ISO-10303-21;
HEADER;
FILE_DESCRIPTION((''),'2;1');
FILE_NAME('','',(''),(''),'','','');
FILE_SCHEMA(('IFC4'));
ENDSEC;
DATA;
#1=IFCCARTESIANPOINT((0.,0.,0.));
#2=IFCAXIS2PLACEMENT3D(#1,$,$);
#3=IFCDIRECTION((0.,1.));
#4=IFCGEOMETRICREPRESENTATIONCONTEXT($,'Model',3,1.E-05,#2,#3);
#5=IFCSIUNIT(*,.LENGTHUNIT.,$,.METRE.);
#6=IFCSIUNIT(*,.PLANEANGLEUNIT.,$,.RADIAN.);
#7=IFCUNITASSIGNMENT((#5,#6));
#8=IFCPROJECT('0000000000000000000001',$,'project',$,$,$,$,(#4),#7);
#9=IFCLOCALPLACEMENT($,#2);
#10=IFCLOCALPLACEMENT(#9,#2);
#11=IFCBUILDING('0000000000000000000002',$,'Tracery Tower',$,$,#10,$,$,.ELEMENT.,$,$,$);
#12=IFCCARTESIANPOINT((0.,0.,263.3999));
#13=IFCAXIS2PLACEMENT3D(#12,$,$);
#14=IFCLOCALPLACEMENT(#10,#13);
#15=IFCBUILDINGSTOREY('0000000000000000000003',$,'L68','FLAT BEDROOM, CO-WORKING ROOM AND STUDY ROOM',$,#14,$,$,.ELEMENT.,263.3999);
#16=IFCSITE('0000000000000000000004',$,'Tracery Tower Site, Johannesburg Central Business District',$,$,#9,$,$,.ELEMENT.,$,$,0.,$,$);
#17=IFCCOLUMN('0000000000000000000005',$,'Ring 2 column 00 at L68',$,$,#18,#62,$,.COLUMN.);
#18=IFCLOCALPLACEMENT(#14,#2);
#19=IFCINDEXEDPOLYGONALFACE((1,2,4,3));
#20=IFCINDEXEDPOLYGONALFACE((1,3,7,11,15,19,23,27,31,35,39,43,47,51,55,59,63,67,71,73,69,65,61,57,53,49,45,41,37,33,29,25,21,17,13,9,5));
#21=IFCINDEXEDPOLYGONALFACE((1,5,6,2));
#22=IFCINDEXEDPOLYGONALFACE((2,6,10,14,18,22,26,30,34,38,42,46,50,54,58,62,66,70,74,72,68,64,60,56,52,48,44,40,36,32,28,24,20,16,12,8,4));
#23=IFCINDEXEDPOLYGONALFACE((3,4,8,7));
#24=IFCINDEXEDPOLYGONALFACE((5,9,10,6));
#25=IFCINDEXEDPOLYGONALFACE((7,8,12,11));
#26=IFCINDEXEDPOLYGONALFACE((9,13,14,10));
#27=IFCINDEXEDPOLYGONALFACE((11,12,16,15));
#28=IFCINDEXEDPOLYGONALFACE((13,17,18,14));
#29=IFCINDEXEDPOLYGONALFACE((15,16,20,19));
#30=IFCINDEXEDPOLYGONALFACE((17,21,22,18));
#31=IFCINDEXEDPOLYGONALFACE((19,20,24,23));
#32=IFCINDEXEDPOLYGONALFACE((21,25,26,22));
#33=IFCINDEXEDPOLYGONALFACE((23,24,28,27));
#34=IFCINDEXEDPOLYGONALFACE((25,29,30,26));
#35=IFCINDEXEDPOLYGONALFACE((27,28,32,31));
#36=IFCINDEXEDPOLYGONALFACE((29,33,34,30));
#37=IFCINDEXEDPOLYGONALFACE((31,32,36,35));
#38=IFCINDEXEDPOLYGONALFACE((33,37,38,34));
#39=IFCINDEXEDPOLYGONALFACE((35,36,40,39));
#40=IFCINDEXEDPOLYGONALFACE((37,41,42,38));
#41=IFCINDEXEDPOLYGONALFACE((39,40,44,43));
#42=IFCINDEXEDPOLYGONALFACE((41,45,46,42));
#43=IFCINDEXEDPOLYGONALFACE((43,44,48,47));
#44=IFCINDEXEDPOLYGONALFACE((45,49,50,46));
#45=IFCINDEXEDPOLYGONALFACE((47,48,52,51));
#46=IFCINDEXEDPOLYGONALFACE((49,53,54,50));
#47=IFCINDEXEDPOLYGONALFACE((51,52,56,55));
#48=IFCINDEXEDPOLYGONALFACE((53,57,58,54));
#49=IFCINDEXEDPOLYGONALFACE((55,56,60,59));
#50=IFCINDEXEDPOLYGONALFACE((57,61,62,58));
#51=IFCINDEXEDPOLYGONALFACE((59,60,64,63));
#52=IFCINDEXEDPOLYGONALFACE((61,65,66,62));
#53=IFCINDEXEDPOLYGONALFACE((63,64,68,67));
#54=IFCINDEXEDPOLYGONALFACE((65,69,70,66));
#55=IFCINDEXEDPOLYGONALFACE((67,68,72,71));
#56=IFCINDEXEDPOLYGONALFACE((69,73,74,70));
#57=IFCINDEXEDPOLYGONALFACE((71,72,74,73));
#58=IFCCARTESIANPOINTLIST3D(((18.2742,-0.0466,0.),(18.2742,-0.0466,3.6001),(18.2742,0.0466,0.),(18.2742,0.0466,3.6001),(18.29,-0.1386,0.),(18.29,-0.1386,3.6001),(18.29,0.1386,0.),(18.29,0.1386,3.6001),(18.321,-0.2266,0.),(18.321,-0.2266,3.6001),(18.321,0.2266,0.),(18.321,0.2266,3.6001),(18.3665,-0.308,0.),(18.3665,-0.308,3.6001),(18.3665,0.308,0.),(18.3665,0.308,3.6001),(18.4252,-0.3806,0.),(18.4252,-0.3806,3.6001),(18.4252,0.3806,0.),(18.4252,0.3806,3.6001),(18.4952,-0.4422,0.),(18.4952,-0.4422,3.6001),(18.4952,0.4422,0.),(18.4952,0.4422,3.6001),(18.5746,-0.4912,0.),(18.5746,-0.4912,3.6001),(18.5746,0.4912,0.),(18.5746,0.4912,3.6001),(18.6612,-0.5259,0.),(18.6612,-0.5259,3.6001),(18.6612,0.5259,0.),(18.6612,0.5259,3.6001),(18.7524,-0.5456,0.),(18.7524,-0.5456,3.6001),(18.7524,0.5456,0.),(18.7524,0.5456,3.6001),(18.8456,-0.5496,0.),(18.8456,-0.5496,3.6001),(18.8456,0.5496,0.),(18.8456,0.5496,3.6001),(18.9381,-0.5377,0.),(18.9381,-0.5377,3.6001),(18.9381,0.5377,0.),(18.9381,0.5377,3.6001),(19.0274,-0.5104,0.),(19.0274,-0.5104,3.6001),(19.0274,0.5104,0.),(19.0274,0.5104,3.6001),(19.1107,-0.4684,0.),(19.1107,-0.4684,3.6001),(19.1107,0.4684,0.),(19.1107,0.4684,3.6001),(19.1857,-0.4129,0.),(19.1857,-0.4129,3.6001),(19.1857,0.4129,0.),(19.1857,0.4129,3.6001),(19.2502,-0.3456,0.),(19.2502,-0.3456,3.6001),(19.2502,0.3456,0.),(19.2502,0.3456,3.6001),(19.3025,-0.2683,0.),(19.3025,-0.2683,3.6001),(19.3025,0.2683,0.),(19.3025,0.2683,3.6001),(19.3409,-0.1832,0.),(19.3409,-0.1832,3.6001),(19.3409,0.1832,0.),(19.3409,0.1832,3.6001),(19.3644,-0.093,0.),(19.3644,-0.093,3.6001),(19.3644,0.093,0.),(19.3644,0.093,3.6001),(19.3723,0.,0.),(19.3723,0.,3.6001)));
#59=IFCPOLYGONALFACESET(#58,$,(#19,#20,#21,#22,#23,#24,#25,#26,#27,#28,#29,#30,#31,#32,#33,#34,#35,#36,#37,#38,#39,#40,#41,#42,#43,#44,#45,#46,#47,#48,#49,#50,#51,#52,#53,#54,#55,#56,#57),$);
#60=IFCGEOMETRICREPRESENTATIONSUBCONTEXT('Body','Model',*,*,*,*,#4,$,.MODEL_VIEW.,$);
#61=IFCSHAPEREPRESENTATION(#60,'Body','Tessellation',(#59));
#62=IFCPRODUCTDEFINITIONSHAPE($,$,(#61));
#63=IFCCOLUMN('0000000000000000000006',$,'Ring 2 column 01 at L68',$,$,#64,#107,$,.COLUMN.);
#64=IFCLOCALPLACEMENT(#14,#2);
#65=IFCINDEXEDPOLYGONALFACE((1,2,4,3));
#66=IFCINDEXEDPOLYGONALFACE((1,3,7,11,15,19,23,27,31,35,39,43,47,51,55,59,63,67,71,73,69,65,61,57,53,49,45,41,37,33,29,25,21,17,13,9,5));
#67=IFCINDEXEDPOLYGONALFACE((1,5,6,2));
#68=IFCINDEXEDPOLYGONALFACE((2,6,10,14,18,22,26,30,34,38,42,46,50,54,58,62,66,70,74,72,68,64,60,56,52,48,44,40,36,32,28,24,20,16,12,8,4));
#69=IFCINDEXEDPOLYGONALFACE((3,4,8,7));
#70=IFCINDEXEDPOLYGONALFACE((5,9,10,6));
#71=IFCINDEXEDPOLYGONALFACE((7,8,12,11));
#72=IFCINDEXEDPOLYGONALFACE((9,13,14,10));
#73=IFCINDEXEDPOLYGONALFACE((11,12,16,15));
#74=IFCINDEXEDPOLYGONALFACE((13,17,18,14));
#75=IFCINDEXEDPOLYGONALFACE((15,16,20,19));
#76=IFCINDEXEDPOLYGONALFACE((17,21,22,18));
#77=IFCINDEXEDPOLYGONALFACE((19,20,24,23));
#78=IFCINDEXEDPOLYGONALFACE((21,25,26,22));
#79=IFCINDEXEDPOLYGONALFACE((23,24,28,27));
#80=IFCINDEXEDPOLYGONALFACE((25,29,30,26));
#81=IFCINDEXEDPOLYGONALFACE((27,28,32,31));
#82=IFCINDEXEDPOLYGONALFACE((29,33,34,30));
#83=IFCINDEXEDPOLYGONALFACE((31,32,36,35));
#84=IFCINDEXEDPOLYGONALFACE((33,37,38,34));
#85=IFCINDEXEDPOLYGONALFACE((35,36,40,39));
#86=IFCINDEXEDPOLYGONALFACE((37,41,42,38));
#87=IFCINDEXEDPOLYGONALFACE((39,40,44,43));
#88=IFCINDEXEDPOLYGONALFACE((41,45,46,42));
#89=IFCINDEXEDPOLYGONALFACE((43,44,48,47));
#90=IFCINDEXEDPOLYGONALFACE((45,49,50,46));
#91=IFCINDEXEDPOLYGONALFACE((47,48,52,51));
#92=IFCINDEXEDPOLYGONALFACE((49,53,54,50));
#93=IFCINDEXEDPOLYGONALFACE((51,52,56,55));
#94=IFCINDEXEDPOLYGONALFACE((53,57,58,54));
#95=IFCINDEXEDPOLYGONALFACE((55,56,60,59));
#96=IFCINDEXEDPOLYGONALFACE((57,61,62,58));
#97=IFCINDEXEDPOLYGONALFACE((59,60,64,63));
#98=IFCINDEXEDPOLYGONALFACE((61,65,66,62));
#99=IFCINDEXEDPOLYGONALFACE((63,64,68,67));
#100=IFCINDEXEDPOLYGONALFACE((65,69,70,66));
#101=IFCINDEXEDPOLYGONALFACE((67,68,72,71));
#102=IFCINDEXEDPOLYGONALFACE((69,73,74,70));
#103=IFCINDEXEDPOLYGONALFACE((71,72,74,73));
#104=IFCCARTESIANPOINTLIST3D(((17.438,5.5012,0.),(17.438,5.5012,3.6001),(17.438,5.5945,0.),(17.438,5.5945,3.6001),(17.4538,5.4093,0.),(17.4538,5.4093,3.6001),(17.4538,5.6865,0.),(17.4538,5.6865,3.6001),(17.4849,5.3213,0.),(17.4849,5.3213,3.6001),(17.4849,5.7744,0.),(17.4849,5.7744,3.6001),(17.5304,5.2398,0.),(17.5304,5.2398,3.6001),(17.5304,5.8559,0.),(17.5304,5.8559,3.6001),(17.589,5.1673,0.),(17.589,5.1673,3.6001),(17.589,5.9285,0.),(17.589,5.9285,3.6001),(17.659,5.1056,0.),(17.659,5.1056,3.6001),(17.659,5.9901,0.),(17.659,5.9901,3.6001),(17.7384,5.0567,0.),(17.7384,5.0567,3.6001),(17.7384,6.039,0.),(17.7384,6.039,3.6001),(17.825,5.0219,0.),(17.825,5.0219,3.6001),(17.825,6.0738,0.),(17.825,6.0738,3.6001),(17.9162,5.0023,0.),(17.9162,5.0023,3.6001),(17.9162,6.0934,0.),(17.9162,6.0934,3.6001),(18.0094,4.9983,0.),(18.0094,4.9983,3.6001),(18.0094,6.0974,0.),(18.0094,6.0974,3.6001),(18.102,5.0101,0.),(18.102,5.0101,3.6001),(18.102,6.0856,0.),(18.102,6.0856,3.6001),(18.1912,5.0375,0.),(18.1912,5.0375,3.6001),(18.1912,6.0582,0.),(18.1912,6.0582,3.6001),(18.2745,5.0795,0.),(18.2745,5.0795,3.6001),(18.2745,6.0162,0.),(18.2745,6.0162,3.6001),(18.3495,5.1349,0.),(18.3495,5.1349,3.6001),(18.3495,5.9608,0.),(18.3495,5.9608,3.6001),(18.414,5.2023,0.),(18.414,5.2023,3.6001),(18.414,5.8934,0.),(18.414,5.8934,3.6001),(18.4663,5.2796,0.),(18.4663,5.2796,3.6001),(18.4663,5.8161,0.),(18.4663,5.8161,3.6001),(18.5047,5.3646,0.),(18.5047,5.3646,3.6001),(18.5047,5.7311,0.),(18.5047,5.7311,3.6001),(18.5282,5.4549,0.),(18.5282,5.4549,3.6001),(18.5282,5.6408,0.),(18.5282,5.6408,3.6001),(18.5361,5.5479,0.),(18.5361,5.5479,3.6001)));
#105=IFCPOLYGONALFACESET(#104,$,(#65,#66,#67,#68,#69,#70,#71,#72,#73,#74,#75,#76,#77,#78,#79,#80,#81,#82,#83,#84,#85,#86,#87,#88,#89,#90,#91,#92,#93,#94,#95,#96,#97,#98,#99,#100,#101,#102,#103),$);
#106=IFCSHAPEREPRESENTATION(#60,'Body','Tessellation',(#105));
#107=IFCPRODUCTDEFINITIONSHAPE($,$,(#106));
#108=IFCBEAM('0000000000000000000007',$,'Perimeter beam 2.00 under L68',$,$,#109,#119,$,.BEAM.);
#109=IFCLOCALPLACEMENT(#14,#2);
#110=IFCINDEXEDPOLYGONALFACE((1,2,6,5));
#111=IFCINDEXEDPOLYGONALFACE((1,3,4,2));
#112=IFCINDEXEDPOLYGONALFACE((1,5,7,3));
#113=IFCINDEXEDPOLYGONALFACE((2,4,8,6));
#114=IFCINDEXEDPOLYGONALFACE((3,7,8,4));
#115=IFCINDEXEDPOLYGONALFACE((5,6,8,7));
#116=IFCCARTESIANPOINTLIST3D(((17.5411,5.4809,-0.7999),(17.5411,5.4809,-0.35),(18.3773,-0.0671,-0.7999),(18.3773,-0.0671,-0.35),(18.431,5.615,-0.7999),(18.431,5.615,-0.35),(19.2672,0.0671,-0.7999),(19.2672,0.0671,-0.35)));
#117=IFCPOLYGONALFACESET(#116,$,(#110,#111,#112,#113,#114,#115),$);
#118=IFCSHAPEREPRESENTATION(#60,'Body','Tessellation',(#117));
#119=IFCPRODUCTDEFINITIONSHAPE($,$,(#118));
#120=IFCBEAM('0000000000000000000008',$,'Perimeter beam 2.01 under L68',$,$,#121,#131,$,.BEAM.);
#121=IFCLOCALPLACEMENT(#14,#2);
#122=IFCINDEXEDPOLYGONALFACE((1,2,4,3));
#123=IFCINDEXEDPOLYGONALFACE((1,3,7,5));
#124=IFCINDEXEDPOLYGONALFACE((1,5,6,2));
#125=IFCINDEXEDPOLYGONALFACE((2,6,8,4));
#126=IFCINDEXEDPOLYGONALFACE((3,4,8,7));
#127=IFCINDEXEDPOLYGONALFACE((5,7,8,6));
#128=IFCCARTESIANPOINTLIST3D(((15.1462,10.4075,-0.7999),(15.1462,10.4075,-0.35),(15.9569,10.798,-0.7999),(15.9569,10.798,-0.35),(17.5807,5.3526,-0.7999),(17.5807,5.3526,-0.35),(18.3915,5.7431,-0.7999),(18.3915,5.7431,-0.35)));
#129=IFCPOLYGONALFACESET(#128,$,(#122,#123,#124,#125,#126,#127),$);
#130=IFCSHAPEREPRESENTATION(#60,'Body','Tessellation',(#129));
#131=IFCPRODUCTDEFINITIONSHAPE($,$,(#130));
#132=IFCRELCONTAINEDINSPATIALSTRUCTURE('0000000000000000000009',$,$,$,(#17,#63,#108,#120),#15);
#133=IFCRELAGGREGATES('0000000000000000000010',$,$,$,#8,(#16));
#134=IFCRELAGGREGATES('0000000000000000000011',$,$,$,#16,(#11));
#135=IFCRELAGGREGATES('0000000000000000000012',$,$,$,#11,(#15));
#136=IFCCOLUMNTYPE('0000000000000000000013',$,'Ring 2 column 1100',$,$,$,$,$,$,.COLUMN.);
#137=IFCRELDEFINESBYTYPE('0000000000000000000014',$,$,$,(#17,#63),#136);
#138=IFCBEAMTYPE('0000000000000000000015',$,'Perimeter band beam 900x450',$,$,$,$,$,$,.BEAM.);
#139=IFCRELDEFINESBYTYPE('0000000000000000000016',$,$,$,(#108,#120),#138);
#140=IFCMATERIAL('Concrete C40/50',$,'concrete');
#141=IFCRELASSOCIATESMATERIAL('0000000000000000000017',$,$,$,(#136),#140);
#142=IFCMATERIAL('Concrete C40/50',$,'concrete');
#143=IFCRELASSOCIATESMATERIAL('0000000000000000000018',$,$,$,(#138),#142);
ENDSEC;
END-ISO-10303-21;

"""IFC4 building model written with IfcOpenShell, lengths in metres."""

from ifc_helpers import new_model, si_unit, direction, frame, origin, origin_2d, place, context, subcontext, project, spatial, rectangle, circle, extrude, material, material_profile, profile_set, type_object, element, save


model = new_model("IFC4")

# Units and contexts
model_context = context("Model", 3, precision=1e-05, world=origin(), true_north=direction((0.0, 1.0)))
body_context = subcontext(model_context, "Body", "Model", "MODEL_VIEW")
ifc_project = project(units=[si_unit("LENGTHUNIT", "METRE"), si_unit("PLANEANGLEUNIT", "RADIAN")], contexts=[model_context])

# Site, building, storey
site_placement = place(None, origin())
site = spatial("IfcSite", under=ifc_project, at=site_placement, Name="Tracery Tower Site, Johannesburg Central Business District", CompositionType="ELEMENT", RefElevation=0.0)
building_placement = place(site_placement, origin())
building = spatial("IfcBuilding", under=site, at=building_placement, Name="Tracery Tower", CompositionType="ELEMENT")
storey_placement = place(building_placement, frame((0.0, 0.0, 263.3999)))
storey = spatial("IfcBuildingStorey", under=building, at=storey_placement, Name="L68", Description="FLAT BEDROOM, CO-WORKING ROOM AND STUDY ROOM", CompositionType="ELEMENT", Elevation=263.3999)

# Columns
ifc_material_1 = material(Name="Concrete C40/50", Category="concrete")
ifc_material_profile_1 = material_profile(ifc_material_1, circle(Radius=0.55, at=origin_2d()), Name="RC D1100")
ifc_profile_set_1 = profile_set([ifc_material_profile_1], Name="Concrete C40/50")
column_type = type_object("IfcColumnType", Name="Ring 2 column 1100", PredefinedType="COLUMN", material=ifc_profile_set_1)
for number, where, z_axis, x_axis, name in (
    (1, (18.8223, 0.0, 0.0), (0.0, 0.0, 1.0), (1.0, 0.0, 0.0), "Ring 2 column 00 at L68"),
    (2, (17.9861, 5.5479, 0.0), (0.0, 0.0, 1.0), (1.0, 0.0, 0.0), "Ring 2 column 01 at L68"),
):
    element("IfcColumn", number, at=place(storey_placement, frame(where, z_axis=z_axis, x_axis=x_axis)), inside=storey, type_object=column_type, Name=name, PredefinedType="COLUMN", context=body_context, shape_type="SweptSolid", body=[
        extrude(circle(Radius=0.55, at=origin_2d()), origin(), (0.0, 0.0, 1.0), 3.6001),
    ])

# Beams
ifc_material_2 = material(Name="Concrete C40/50", Category="concrete")
ifc_material_profile_2 = material_profile(ifc_material_2, rectangle(XDim=0.8999, YDim=0.45, at=origin_2d()), Name="RC 900x450")
ifc_profile_set_2 = profile_set([ifc_material_profile_2], Name="Concrete C40/50")
beam_type = type_object("IfcBeamType", Name="Perimeter band beam 900x450", PredefinedType="BEAM", material=ifc_profile_set_2)
for number, where, z_axis, x_axis, name in (
    (3, (18.8223, 0.0, -0.575), (-0.149038, 0.988831, 0.0), (-0.988831, -0.149038, 0.0), "Perimeter beam 2.00 under L68"),
    (4, (17.9861, 5.5479, -0.575), (-0.433919, 0.900952, 0.0), (-0.900952, -0.433919, 0.0), "Perimeter beam 2.01 under L68"),
):
    element("IfcBeam", number, at=place(storey_placement, frame(where, z_axis=z_axis, x_axis=x_axis)), inside=storey, type_object=beam_type, Name=name, PredefinedType="BEAM", context=body_context, shape_type="SweptSolid", body=[
        extrude(rectangle(XDim=0.8999, YDim=0.45, at=origin_2d()), origin(), (0.0, 0.0, 1.0), 5.6106),
    ])

save(model, "model.ifc")
